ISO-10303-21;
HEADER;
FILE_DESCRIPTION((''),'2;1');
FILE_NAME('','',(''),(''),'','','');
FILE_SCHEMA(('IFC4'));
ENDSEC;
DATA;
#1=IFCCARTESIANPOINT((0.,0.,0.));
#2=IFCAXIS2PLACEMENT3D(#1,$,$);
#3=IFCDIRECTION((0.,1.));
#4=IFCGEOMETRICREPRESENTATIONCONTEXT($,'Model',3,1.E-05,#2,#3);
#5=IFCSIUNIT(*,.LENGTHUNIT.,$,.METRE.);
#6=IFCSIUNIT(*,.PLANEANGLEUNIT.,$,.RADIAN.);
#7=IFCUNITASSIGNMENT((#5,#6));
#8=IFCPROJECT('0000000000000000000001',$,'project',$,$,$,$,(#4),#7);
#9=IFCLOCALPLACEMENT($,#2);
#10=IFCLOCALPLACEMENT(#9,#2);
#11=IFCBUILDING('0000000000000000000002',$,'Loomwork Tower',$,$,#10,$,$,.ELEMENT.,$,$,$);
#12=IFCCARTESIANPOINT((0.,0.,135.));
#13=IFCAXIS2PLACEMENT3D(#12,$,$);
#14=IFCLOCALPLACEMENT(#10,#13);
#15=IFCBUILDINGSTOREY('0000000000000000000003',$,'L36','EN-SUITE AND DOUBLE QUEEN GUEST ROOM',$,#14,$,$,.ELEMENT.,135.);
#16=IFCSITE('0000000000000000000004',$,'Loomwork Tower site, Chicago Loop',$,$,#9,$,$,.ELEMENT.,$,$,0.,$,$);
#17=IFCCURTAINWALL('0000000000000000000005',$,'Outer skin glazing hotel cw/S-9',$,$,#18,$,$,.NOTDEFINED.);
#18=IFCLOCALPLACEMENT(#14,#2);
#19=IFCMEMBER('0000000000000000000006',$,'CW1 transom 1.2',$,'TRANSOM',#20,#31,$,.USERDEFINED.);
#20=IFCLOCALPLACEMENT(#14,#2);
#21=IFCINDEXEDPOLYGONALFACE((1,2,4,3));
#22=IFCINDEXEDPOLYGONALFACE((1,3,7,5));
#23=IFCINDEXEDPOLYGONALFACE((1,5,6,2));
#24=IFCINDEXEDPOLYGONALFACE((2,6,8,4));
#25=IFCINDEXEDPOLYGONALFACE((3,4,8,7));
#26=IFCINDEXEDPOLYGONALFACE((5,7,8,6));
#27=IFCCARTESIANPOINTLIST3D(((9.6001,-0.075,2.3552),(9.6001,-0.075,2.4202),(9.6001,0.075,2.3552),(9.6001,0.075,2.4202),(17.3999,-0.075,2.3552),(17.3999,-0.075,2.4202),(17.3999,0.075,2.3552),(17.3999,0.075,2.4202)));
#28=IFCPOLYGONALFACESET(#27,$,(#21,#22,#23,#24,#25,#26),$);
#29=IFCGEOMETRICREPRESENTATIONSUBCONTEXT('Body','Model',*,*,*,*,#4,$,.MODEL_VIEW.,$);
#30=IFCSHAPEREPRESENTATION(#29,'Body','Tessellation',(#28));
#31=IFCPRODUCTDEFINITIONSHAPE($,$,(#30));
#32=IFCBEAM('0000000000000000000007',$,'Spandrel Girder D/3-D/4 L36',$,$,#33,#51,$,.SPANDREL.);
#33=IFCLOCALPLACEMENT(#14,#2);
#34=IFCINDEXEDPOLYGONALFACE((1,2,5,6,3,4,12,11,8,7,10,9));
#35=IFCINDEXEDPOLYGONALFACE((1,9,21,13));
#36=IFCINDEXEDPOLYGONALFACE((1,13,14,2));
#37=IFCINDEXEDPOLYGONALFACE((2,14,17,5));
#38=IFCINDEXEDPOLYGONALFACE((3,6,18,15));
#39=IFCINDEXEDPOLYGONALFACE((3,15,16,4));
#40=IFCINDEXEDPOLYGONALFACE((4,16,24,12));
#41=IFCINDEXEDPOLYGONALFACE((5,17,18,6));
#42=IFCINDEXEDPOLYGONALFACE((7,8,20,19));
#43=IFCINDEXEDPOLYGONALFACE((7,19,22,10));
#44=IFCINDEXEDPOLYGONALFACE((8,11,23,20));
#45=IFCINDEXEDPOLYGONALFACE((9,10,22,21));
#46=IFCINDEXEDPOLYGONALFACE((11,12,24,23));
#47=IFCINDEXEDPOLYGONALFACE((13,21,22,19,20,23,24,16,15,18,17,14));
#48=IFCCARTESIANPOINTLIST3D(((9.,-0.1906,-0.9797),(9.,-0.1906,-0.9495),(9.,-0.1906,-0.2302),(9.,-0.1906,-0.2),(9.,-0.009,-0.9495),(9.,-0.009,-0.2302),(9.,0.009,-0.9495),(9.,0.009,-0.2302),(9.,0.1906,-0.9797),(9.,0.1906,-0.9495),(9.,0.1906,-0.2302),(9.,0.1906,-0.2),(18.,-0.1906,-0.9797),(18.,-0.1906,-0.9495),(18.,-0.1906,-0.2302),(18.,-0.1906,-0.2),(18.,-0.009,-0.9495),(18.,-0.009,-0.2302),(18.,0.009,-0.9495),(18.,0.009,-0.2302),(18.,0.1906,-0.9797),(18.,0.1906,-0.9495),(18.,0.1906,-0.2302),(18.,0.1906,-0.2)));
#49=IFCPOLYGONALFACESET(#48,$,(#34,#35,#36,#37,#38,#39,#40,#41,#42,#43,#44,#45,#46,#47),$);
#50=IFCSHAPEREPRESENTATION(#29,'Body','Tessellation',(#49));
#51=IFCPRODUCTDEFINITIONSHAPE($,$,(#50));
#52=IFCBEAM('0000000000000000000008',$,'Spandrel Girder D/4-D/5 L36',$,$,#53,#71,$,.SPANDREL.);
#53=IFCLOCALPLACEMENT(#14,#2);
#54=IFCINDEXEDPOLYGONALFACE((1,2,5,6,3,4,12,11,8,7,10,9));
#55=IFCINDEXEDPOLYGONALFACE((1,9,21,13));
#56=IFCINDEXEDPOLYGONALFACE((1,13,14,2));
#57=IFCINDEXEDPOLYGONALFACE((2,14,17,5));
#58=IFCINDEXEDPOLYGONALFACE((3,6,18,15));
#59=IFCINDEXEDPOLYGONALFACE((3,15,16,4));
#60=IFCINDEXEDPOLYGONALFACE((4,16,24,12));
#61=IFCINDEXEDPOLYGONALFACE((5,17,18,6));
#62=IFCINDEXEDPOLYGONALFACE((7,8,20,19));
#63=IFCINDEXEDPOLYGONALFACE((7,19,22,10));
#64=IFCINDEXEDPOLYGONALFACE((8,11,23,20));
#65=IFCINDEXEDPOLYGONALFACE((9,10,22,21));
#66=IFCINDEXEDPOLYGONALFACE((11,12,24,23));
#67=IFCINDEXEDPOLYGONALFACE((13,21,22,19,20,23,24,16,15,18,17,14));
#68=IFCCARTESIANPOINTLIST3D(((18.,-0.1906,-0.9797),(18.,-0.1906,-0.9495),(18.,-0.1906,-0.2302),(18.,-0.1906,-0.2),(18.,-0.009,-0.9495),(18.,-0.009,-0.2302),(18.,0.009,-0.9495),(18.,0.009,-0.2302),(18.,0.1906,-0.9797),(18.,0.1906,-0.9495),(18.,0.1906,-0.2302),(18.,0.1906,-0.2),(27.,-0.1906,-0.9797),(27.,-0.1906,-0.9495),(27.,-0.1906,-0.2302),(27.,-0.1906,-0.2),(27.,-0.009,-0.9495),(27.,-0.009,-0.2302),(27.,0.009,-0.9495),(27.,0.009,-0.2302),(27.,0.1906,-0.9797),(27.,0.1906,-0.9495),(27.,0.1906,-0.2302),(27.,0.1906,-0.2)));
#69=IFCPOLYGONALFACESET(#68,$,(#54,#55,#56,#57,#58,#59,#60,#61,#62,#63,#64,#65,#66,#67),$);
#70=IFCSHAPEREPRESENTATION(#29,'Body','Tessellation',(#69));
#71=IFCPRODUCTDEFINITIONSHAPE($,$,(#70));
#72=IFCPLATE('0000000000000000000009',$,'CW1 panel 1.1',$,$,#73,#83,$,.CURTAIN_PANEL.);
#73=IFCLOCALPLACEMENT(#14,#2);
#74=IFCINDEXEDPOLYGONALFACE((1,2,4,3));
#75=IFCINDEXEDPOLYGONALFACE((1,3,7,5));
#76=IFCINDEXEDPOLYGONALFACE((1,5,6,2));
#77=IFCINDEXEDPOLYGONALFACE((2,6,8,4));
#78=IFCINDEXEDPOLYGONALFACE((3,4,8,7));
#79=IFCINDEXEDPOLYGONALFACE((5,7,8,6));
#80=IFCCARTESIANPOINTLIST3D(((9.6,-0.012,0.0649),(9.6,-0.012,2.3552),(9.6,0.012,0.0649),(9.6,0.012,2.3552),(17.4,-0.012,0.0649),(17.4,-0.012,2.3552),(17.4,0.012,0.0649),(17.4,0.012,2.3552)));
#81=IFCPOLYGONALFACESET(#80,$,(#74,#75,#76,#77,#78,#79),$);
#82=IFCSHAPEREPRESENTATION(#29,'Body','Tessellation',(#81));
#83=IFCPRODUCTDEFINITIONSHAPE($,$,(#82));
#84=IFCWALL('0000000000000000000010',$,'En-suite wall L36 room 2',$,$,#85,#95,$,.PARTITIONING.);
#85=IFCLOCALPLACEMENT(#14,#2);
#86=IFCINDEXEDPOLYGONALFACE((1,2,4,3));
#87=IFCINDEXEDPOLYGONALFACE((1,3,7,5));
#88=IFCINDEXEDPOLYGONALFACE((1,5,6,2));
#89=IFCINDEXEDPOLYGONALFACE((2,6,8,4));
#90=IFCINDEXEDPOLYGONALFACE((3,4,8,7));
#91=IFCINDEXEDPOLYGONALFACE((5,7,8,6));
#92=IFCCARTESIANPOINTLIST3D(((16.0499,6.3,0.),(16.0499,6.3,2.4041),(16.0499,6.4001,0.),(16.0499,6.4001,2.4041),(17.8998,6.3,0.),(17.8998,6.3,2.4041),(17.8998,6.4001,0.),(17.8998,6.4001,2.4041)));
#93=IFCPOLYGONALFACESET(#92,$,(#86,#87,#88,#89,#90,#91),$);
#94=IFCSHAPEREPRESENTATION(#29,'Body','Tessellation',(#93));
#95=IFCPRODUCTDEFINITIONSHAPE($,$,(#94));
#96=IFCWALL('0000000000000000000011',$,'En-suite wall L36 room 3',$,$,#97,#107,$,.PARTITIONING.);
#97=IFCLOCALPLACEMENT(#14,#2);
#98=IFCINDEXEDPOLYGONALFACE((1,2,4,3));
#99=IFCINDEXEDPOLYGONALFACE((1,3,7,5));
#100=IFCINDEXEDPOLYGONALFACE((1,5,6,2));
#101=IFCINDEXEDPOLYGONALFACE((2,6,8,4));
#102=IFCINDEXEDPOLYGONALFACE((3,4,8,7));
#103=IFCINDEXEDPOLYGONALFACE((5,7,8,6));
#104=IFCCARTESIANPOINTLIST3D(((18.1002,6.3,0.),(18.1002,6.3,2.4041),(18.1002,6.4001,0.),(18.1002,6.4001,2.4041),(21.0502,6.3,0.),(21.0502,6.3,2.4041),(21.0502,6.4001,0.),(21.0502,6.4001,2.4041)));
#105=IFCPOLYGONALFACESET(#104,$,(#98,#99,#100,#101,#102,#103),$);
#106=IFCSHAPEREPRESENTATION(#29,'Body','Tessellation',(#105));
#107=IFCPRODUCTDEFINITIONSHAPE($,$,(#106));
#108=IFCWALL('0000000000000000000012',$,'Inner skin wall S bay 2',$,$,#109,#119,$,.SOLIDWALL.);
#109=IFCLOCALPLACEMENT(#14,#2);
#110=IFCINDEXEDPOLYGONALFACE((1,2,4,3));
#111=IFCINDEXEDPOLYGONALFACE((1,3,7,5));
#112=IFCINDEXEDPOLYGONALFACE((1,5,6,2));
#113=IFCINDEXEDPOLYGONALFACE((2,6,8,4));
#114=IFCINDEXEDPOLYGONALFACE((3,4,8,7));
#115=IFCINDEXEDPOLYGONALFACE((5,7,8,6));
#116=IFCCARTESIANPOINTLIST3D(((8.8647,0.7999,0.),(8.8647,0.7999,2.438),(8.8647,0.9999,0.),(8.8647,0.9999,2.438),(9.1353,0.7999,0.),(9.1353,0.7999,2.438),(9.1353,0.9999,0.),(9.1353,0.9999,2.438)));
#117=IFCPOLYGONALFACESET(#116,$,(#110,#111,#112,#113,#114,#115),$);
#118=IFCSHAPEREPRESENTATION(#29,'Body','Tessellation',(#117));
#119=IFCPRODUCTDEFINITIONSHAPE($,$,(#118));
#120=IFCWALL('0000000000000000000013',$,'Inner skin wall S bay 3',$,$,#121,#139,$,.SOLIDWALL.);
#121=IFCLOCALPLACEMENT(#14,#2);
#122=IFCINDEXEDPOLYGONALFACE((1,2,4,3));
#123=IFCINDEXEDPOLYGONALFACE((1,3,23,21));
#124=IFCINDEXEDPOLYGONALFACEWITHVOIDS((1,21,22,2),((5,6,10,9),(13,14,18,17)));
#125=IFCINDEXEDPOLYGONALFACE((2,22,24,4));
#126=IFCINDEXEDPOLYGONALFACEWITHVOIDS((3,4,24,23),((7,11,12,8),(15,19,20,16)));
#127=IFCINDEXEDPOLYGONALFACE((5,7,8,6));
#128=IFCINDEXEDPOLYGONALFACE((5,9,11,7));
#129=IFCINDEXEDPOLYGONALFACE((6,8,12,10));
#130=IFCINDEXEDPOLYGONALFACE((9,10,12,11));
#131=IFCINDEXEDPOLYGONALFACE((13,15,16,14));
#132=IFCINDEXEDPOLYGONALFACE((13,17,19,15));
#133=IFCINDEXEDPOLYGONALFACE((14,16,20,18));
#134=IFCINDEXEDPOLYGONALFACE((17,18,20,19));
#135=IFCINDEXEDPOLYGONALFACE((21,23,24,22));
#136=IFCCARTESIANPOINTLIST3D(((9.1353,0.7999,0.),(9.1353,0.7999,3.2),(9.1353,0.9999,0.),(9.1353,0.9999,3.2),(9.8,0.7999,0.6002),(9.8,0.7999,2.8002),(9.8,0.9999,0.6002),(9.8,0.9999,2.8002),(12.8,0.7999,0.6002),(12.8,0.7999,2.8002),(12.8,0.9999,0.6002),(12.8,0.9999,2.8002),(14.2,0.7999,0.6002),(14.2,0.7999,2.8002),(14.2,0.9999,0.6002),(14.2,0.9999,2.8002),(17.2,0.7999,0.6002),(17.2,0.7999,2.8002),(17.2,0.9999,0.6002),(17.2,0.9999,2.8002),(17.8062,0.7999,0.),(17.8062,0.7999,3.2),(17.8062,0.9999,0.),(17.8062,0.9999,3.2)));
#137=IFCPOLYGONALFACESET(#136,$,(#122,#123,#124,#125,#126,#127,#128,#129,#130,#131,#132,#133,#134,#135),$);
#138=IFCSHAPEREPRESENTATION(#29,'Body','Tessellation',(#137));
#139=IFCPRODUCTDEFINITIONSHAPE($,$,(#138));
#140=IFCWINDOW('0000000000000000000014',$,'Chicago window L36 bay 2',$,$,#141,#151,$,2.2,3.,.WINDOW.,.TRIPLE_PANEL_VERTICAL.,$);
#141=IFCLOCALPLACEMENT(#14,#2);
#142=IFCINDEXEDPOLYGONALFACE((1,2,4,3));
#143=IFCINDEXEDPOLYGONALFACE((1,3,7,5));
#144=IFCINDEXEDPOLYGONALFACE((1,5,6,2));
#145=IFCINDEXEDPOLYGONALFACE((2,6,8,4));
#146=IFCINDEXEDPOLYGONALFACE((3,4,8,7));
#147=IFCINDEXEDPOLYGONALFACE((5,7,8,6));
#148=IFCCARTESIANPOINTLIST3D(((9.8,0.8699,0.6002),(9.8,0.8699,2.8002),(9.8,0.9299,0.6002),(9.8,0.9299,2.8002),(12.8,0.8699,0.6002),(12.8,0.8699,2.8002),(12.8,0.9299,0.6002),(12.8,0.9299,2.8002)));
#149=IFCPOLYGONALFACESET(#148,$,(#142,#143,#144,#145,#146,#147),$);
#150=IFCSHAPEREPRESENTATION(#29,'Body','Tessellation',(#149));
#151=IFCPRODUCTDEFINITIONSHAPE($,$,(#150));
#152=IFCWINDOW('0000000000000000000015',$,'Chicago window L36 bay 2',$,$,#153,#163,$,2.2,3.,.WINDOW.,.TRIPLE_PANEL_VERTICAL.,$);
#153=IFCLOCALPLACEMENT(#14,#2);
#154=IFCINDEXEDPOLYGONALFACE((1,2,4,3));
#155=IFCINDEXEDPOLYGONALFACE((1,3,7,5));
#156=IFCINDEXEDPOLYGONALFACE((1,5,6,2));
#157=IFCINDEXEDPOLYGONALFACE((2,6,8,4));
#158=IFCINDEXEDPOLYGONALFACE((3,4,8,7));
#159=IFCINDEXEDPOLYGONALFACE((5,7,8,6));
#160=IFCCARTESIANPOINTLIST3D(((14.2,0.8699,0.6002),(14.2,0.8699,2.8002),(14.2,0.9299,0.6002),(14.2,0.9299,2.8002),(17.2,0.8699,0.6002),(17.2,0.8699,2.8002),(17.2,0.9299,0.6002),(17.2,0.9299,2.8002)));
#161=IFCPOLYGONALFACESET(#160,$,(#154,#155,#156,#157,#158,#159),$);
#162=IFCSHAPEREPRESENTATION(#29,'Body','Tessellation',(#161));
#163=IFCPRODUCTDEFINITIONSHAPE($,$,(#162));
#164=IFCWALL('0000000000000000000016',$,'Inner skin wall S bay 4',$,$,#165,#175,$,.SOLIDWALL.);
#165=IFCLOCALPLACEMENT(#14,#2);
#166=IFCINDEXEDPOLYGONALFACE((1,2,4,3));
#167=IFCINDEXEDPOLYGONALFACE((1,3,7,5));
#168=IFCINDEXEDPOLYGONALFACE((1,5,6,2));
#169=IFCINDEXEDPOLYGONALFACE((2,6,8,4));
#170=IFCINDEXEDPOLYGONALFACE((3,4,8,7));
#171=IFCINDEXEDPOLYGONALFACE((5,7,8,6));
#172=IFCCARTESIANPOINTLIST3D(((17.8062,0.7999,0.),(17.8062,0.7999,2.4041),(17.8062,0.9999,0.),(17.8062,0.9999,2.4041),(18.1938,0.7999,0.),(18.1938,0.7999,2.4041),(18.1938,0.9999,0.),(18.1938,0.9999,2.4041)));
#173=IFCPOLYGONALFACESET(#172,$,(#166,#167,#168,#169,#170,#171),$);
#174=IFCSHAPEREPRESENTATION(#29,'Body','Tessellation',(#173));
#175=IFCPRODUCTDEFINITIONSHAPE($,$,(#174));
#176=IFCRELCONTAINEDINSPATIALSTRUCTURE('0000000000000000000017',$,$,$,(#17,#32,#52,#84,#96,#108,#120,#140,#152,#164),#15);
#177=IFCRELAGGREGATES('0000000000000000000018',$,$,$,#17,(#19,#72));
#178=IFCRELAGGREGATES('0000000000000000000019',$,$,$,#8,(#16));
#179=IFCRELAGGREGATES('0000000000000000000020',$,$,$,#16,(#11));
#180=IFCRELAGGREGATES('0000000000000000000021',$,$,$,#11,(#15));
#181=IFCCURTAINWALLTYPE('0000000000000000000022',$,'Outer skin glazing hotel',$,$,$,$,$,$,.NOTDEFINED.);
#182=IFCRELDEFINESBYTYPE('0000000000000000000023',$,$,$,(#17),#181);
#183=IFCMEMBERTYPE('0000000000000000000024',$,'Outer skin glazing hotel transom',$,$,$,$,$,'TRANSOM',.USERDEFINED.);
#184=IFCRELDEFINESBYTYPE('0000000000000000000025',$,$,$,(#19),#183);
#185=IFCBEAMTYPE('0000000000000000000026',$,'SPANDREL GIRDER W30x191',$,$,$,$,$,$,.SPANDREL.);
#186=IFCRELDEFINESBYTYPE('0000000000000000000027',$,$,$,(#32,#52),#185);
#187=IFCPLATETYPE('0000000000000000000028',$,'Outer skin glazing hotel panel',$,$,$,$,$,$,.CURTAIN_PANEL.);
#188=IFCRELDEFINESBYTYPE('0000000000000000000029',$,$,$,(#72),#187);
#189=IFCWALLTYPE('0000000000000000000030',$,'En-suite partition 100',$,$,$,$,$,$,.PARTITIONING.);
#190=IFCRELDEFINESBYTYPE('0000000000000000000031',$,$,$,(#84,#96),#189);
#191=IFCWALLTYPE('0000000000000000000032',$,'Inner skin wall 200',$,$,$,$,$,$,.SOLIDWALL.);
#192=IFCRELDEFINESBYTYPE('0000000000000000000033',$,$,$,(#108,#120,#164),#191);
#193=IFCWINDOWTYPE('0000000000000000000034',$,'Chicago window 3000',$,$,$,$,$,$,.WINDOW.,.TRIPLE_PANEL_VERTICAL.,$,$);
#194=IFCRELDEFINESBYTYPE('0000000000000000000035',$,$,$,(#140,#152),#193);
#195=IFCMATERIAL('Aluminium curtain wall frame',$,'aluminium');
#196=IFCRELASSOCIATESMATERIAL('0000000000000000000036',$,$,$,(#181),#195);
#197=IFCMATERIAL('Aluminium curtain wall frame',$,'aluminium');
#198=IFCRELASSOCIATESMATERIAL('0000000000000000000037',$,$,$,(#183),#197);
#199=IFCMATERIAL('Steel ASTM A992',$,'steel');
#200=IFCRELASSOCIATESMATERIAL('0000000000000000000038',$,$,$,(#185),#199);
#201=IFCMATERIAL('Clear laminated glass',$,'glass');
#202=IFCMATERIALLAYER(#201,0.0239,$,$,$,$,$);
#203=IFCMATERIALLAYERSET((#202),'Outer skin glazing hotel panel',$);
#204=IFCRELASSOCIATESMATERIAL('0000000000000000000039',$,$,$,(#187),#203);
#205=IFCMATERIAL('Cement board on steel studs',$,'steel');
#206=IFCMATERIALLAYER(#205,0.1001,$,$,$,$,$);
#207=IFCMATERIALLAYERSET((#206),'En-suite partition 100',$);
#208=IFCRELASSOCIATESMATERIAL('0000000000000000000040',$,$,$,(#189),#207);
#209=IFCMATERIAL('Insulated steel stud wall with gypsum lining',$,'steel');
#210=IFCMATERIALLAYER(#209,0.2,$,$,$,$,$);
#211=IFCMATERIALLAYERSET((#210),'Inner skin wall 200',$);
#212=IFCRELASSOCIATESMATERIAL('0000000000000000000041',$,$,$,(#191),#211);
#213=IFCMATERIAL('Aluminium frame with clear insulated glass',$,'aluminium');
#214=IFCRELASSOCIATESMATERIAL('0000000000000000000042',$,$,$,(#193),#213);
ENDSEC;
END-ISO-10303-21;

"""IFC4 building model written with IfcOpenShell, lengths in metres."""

from ifc_helpers import new_model, si_unit, direction, frame, frame_2d, origin, origin_2d, place, context, subcontext, project, spatial, rectangle, i_section, extrude, material, layer, layer_set, material_profile, profile_set, type_object, element, fill, aggregate, save


model = new_model("IFC4")

# Units and contexts
model_context = context("Model", 3, precision=1e-05, world=origin(), true_north=direction((0.0, 1.0)))
body_context = subcontext(model_context, "Body", "Model", "MODEL_VIEW")
ifc_project = project(units=[si_unit("LENGTHUNIT", "METRE"), si_unit("PLANEANGLEUNIT", "RADIAN")], contexts=[model_context])

# Site, building, storey
site_placement = place(None, origin())
site = spatial("IfcSite", under=ifc_project, at=site_placement, Name="Loomwork Tower site, Chicago Loop", CompositionType="ELEMENT", RefElevation=0.0)
building_placement = place(site_placement, origin())
building = spatial("IfcBuilding", under=site, at=building_placement, Name="Loomwork Tower", CompositionType="ELEMENT")
storey_placement = place(building_placement, frame((0.0, 0.0, 135.0)))
storey = spatial("IfcBuildingStorey", under=building, at=storey_placement, Name="L36", Description="EN-SUITE AND DOUBLE QUEEN GUEST ROOM", CompositionType="ELEMENT", Elevation=135.0)

# Shared definitions
ifc_material_1 = material(Name="Aluminium curtain wall frame", Category="aluminium")
curtain_wall_type = type_object("IfcCurtainWallType", Name="Outer skin glazing hotel", PredefinedType="NOTDEFINED", material=ifc_material_1)

# Curtain wall, member
curtain_wall_1_placement = place(storey_placement, origin())
curtain_wall_1 = element("IfcCurtainWall", 1, at=curtain_wall_1_placement, inside=storey, type_object=curtain_wall_type, Name="Outer skin glazing hotel cw/S-9", PredefinedType="NOTDEFINED")
ifc_material_2 = material(Name="Aluminium curtain wall frame", Category="aluminium")
ifc_material_profile_1 = material_profile(ifc_material_2, rectangle(XDim=0.1499, YDim=0.0649, at=origin_2d()), Name="AL 65x150")
ifc_profile_set_1 = profile_set([ifc_material_profile_1], Name="Aluminium curtain wall frame")
member_type_1 = type_object("IfcMemberType", Name="Outer skin glazing hotel transom", ElementType="TRANSOM", PredefinedType="USERDEFINED", material=ifc_profile_set_1)
member_1_placement = place(storey_placement, frame((9.6001, 0.0, 2.3877), z_axis=(1.0, 0.0, 0.0), x_axis=(0.0, 1.0, 0.0)))
member_1 = element("IfcMember", 2, at=member_1_placement, type_object=member_type_1, Name="CW1 transom 1.2", ObjectType="TRANSOM", PredefinedType="USERDEFINED", context=body_context, shape_type="SweptSolid", body=[
    extrude(rectangle(XDim=0.1499, YDim=0.0649, at=origin_2d()), origin(), (0.0, 0.0, 1.0), 7.7998),
])

# Beams
ifc_material_3 = material(Name="Steel ASTM A992", Category="steel")
ifc_material_profile_2 = material_profile(ifc_material_3, i_section(OverallWidth=0.3811, OverallDepth=0.7798, WebThickness=0.0181, FlangeThickness=0.0303, at=origin_2d()), Name="W30x191")
ifc_profile_set_2 = profile_set([ifc_material_profile_2], Name="Steel ASTM A992")
beam_type_1 = type_object("IfcBeamType", Name="SPANDREL GIRDER W30x191", PredefinedType="SPANDREL", material=ifc_profile_set_2)
for number, where, z_axis, x_axis, name in (
    (3, (9.0, 0.0, -0.5898), (1.0, 0.0, 0.0), (0.0, 1.0, 0.0), "Spandrel Girder D/3-D/4 L36"),
    (4, (18.0, 0.0, -0.5898), (1.0, 0.0, 0.0), (0.0, 1.0, 0.0), "Spandrel Girder D/4-D/5 L36"),
):
    element("IfcBeam", number, at=place(storey_placement, frame(where, z_axis=z_axis, x_axis=x_axis)), inside=storey, type_object=beam_type_1, Name=name, PredefinedType="SPANDREL", context=body_context, shape_type="SweptSolid", body=[
        extrude(i_section(OverallWidth=0.3811, OverallDepth=0.7798, WebThickness=0.0181, FlangeThickness=0.0303, at=origin_2d()), origin(), (0.0, 0.0, 1.0), 9.0),
    ])

# Plate
ifc_material_4 = material(Name="Clear laminated glass", Category="glass")
ifc_layer_1 = layer(ifc_material_4, 0.0239)
ifc_layer_set_1 = layer_set([ifc_layer_1], Name="Outer skin glazing hotel panel")
plate_type = type_object("IfcPlateType", Name="Outer skin glazing hotel panel", PredefinedType="CURTAIN_PANEL", material=ifc_layer_set_1)
plate_placement = place(storey_placement, frame((13.5, 0.0, 0.0649), z_axis=(0.0, 0.0, 1.0), x_axis=(1.0, 0.0, 0.0)))
plate = element("IfcPlate", 5, at=plate_placement, type_object=plate_type, Name="CW1 panel 1.1", PredefinedType="CURTAIN_PANEL", context=body_context, shape_type="SweptSolid", body=[
    extrude(rectangle(XDim=7.8, YDim=0.0239, at=origin_2d()), origin(), (0.0, 0.0, 1.0), 2.2903),
])
aggregate(curtain_wall_1, [member_1, plate])

# Walls
ifc_material_5 = material(Name="Cement board on steel studs", Category="steel")
ifc_layer_2 = layer(ifc_material_5, 0.1001)
ifc_layer_set_2 = layer_set([ifc_layer_2], Name="En-suite partition 100")
wall_type_1 = type_object("IfcWallType", Name="En-suite partition 100", PredefinedType="PARTITIONING", material=ifc_layer_set_2)
wall_1_placement = place(storey_placement, frame((16.05, 6.3501, 0.0), z_axis=(0.0, 0.0, 1.0), x_axis=(1.0, 0.0, 0.0)))
element("IfcWall", 6, at=wall_1_placement, inside=storey, type_object=wall_type_1, Name="En-suite wall L36 room 2", PredefinedType="PARTITIONING", context=body_context, shape_type="SweptSolid", body=[
    extrude(rectangle(XDim=1.8499, YDim=0.1001, at=frame_2d((0.9248, 0.0))), origin(), (0.0, 0.0, 1.0), 2.4041),
])
wall_2_placement = place(storey_placement, frame((18.1001, 6.3501, 0.0), z_axis=(0.0, 0.0, 1.0), x_axis=(1.0, 0.0, 0.0)))
element("IfcWall", 7, at=wall_2_placement, inside=storey, type_object=wall_type_1, Name="En-suite wall L36 room 3", PredefinedType="PARTITIONING", context=body_context, shape_type="SweptSolid", body=[
    extrude(rectangle(XDim=2.95, YDim=0.1001, at=frame_2d((1.4751, 0.0))), origin(), (0.0, 0.0, 1.0), 2.4041),
])
ifc_material_6 = material(Name="Insulated steel stud wall with gypsum lining", Category="steel")
ifc_layer_3 = layer(ifc_material_6, 0.2)
ifc_layer_set_3 = layer_set([ifc_layer_3], Name="Inner skin wall 200")
wall_type_2 = type_object("IfcWallType", Name="Inner skin wall 200", PredefinedType="SOLIDWALL", material=ifc_layer_set_3)
wall_3_placement = place(storey_placement, frame((8.8647, 0.8999, 0.0), z_axis=(0.0, 0.0, 1.0), x_axis=(1.0, 0.0, 0.0)))
element("IfcWall", 8, at=wall_3_placement, inside=storey, type_object=wall_type_2, Name="Inner skin wall S bay 2", PredefinedType="SOLIDWALL", context=body_context, shape_type="SweptSolid", body=[
    extrude(rectangle(XDim=0.2705, YDim=0.2, at=frame_2d((0.1353, 0.0))), origin(), (0.0, 0.0, 1.0), 2.438),
])

# Wall, openings, windows
wall_4_placement = place(storey_placement, frame((9.1353, 0.8999, 0.0), z_axis=(0.0, 0.0, 1.0), x_axis=(1.0, 0.0, 0.0)))
wall_4 = element("IfcWall", 9, at=wall_4_placement, inside=storey, type_object=wall_type_2, Name="Inner skin wall S bay 3", PredefinedType="SOLIDWALL", context=body_context, shape_type="SweptSolid", body=[
    extrude(rectangle(XDim=8.6709, YDim=0.2, at=frame_2d((4.3354, 0.0))), origin(), (0.0, 0.0, 1.0), 3.2),
])
opening_1_placement = place(wall_4_placement, frame((0.6648, 0.0, 0.6001)))
opening_1 = element("IfcOpeningElement", 10, at=opening_1_placement, cuts=wall_4, PredefinedType="OPENING", context=body_context, shape_type="SweptSolid", body=[
    extrude(rectangle(XDim=3.0, YDim=2.2, at=frame_2d((1.5, 1.1001))), frame((0.0, 0.1099, 0.0), z_axis=(0.0, -1.0, 0.0), x_axis=(1.0, 0.0, 0.0)), (0.0, 0.0, 1.0), 0.22),
])
opening_2_placement = place(wall_4_placement, frame((5.0647, 0.0, 0.6001)))
opening_2 = element("IfcOpeningElement", 11, at=opening_2_placement, cuts=wall_4, PredefinedType="OPENING", context=body_context, shape_type="SweptSolid", body=[
    extrude(rectangle(XDim=3.0, YDim=2.2, at=frame_2d((1.5, 1.1001))), frame((0.0, 0.1099, 0.0), z_axis=(0.0, -1.0, 0.0), x_axis=(1.0, 0.0, 0.0)), (0.0, 0.0, 1.0), 0.22),
])
ifc_material_7 = material(Name="Aluminium frame with clear insulated glass", Category="aluminium")
window_type = type_object("IfcWindowType", Name="Chicago window 3000", PartitioningType="TRIPLE_PANEL_VERTICAL", PredefinedType="WINDOW", material=ifc_material_7)
window_1_placement = place(opening_1_placement, origin())
window_1 = element("IfcWindow", 12, at=window_1_placement, inside=storey, type_object=window_type, Name="Chicago window L36 bay 2", OverallHeight=2.2, OverallWidth=3.0, PartitioningType="TRIPLE_PANEL_VERTICAL", PredefinedType="WINDOW", context=body_context, shape_type="SweptSolid", body=[
    extrude(rectangle(XDim=3.0, YDim=2.2, at=frame_2d((1.5, 1.1001))), frame((0.0, 0.03, 0.0), z_axis=(0.0, -1.0, 0.0), x_axis=(1.0, 0.0, 0.0)), (0.0, 0.0, 1.0), 0.0601),
])
fill(opening_1, window_1)
window_2_placement = place(opening_2_placement, origin())
window_2 = element("IfcWindow", 13, at=window_2_placement, inside=storey, type_object=window_type, Name="Chicago window L36 bay 2", OverallHeight=2.2, OverallWidth=3.0, PartitioningType="TRIPLE_PANEL_VERTICAL", PredefinedType="WINDOW", context=body_context, shape_type="SweptSolid", body=[
    extrude(rectangle(XDim=3.0, YDim=2.2, at=frame_2d((1.5, 1.1001))), frame((0.0, 0.03, 0.0), z_axis=(0.0, -1.0, 0.0), x_axis=(1.0, 0.0, 0.0)), (0.0, 0.0, 1.0), 0.0601),
])
fill(opening_2, window_2)

# Wall
wall_5_placement = place(storey_placement, frame((17.8062, 0.8999, 0.0), z_axis=(0.0, 0.0, 1.0), x_axis=(1.0, 0.0, 0.0)))
element("IfcWall", 14, at=wall_5_placement, inside=storey, type_object=wall_type_2, Name="Inner skin wall S bay 4", PredefinedType="SOLIDWALL", context=body_context, shape_type="SweptSolid", body=[
    extrude(rectangle(XDim=0.3877, YDim=0.2, at=frame_2d((0.1938, 0.0))), origin(), (0.0, 0.0, 1.0), 2.4041),
])

save(model, "model.ifc")
